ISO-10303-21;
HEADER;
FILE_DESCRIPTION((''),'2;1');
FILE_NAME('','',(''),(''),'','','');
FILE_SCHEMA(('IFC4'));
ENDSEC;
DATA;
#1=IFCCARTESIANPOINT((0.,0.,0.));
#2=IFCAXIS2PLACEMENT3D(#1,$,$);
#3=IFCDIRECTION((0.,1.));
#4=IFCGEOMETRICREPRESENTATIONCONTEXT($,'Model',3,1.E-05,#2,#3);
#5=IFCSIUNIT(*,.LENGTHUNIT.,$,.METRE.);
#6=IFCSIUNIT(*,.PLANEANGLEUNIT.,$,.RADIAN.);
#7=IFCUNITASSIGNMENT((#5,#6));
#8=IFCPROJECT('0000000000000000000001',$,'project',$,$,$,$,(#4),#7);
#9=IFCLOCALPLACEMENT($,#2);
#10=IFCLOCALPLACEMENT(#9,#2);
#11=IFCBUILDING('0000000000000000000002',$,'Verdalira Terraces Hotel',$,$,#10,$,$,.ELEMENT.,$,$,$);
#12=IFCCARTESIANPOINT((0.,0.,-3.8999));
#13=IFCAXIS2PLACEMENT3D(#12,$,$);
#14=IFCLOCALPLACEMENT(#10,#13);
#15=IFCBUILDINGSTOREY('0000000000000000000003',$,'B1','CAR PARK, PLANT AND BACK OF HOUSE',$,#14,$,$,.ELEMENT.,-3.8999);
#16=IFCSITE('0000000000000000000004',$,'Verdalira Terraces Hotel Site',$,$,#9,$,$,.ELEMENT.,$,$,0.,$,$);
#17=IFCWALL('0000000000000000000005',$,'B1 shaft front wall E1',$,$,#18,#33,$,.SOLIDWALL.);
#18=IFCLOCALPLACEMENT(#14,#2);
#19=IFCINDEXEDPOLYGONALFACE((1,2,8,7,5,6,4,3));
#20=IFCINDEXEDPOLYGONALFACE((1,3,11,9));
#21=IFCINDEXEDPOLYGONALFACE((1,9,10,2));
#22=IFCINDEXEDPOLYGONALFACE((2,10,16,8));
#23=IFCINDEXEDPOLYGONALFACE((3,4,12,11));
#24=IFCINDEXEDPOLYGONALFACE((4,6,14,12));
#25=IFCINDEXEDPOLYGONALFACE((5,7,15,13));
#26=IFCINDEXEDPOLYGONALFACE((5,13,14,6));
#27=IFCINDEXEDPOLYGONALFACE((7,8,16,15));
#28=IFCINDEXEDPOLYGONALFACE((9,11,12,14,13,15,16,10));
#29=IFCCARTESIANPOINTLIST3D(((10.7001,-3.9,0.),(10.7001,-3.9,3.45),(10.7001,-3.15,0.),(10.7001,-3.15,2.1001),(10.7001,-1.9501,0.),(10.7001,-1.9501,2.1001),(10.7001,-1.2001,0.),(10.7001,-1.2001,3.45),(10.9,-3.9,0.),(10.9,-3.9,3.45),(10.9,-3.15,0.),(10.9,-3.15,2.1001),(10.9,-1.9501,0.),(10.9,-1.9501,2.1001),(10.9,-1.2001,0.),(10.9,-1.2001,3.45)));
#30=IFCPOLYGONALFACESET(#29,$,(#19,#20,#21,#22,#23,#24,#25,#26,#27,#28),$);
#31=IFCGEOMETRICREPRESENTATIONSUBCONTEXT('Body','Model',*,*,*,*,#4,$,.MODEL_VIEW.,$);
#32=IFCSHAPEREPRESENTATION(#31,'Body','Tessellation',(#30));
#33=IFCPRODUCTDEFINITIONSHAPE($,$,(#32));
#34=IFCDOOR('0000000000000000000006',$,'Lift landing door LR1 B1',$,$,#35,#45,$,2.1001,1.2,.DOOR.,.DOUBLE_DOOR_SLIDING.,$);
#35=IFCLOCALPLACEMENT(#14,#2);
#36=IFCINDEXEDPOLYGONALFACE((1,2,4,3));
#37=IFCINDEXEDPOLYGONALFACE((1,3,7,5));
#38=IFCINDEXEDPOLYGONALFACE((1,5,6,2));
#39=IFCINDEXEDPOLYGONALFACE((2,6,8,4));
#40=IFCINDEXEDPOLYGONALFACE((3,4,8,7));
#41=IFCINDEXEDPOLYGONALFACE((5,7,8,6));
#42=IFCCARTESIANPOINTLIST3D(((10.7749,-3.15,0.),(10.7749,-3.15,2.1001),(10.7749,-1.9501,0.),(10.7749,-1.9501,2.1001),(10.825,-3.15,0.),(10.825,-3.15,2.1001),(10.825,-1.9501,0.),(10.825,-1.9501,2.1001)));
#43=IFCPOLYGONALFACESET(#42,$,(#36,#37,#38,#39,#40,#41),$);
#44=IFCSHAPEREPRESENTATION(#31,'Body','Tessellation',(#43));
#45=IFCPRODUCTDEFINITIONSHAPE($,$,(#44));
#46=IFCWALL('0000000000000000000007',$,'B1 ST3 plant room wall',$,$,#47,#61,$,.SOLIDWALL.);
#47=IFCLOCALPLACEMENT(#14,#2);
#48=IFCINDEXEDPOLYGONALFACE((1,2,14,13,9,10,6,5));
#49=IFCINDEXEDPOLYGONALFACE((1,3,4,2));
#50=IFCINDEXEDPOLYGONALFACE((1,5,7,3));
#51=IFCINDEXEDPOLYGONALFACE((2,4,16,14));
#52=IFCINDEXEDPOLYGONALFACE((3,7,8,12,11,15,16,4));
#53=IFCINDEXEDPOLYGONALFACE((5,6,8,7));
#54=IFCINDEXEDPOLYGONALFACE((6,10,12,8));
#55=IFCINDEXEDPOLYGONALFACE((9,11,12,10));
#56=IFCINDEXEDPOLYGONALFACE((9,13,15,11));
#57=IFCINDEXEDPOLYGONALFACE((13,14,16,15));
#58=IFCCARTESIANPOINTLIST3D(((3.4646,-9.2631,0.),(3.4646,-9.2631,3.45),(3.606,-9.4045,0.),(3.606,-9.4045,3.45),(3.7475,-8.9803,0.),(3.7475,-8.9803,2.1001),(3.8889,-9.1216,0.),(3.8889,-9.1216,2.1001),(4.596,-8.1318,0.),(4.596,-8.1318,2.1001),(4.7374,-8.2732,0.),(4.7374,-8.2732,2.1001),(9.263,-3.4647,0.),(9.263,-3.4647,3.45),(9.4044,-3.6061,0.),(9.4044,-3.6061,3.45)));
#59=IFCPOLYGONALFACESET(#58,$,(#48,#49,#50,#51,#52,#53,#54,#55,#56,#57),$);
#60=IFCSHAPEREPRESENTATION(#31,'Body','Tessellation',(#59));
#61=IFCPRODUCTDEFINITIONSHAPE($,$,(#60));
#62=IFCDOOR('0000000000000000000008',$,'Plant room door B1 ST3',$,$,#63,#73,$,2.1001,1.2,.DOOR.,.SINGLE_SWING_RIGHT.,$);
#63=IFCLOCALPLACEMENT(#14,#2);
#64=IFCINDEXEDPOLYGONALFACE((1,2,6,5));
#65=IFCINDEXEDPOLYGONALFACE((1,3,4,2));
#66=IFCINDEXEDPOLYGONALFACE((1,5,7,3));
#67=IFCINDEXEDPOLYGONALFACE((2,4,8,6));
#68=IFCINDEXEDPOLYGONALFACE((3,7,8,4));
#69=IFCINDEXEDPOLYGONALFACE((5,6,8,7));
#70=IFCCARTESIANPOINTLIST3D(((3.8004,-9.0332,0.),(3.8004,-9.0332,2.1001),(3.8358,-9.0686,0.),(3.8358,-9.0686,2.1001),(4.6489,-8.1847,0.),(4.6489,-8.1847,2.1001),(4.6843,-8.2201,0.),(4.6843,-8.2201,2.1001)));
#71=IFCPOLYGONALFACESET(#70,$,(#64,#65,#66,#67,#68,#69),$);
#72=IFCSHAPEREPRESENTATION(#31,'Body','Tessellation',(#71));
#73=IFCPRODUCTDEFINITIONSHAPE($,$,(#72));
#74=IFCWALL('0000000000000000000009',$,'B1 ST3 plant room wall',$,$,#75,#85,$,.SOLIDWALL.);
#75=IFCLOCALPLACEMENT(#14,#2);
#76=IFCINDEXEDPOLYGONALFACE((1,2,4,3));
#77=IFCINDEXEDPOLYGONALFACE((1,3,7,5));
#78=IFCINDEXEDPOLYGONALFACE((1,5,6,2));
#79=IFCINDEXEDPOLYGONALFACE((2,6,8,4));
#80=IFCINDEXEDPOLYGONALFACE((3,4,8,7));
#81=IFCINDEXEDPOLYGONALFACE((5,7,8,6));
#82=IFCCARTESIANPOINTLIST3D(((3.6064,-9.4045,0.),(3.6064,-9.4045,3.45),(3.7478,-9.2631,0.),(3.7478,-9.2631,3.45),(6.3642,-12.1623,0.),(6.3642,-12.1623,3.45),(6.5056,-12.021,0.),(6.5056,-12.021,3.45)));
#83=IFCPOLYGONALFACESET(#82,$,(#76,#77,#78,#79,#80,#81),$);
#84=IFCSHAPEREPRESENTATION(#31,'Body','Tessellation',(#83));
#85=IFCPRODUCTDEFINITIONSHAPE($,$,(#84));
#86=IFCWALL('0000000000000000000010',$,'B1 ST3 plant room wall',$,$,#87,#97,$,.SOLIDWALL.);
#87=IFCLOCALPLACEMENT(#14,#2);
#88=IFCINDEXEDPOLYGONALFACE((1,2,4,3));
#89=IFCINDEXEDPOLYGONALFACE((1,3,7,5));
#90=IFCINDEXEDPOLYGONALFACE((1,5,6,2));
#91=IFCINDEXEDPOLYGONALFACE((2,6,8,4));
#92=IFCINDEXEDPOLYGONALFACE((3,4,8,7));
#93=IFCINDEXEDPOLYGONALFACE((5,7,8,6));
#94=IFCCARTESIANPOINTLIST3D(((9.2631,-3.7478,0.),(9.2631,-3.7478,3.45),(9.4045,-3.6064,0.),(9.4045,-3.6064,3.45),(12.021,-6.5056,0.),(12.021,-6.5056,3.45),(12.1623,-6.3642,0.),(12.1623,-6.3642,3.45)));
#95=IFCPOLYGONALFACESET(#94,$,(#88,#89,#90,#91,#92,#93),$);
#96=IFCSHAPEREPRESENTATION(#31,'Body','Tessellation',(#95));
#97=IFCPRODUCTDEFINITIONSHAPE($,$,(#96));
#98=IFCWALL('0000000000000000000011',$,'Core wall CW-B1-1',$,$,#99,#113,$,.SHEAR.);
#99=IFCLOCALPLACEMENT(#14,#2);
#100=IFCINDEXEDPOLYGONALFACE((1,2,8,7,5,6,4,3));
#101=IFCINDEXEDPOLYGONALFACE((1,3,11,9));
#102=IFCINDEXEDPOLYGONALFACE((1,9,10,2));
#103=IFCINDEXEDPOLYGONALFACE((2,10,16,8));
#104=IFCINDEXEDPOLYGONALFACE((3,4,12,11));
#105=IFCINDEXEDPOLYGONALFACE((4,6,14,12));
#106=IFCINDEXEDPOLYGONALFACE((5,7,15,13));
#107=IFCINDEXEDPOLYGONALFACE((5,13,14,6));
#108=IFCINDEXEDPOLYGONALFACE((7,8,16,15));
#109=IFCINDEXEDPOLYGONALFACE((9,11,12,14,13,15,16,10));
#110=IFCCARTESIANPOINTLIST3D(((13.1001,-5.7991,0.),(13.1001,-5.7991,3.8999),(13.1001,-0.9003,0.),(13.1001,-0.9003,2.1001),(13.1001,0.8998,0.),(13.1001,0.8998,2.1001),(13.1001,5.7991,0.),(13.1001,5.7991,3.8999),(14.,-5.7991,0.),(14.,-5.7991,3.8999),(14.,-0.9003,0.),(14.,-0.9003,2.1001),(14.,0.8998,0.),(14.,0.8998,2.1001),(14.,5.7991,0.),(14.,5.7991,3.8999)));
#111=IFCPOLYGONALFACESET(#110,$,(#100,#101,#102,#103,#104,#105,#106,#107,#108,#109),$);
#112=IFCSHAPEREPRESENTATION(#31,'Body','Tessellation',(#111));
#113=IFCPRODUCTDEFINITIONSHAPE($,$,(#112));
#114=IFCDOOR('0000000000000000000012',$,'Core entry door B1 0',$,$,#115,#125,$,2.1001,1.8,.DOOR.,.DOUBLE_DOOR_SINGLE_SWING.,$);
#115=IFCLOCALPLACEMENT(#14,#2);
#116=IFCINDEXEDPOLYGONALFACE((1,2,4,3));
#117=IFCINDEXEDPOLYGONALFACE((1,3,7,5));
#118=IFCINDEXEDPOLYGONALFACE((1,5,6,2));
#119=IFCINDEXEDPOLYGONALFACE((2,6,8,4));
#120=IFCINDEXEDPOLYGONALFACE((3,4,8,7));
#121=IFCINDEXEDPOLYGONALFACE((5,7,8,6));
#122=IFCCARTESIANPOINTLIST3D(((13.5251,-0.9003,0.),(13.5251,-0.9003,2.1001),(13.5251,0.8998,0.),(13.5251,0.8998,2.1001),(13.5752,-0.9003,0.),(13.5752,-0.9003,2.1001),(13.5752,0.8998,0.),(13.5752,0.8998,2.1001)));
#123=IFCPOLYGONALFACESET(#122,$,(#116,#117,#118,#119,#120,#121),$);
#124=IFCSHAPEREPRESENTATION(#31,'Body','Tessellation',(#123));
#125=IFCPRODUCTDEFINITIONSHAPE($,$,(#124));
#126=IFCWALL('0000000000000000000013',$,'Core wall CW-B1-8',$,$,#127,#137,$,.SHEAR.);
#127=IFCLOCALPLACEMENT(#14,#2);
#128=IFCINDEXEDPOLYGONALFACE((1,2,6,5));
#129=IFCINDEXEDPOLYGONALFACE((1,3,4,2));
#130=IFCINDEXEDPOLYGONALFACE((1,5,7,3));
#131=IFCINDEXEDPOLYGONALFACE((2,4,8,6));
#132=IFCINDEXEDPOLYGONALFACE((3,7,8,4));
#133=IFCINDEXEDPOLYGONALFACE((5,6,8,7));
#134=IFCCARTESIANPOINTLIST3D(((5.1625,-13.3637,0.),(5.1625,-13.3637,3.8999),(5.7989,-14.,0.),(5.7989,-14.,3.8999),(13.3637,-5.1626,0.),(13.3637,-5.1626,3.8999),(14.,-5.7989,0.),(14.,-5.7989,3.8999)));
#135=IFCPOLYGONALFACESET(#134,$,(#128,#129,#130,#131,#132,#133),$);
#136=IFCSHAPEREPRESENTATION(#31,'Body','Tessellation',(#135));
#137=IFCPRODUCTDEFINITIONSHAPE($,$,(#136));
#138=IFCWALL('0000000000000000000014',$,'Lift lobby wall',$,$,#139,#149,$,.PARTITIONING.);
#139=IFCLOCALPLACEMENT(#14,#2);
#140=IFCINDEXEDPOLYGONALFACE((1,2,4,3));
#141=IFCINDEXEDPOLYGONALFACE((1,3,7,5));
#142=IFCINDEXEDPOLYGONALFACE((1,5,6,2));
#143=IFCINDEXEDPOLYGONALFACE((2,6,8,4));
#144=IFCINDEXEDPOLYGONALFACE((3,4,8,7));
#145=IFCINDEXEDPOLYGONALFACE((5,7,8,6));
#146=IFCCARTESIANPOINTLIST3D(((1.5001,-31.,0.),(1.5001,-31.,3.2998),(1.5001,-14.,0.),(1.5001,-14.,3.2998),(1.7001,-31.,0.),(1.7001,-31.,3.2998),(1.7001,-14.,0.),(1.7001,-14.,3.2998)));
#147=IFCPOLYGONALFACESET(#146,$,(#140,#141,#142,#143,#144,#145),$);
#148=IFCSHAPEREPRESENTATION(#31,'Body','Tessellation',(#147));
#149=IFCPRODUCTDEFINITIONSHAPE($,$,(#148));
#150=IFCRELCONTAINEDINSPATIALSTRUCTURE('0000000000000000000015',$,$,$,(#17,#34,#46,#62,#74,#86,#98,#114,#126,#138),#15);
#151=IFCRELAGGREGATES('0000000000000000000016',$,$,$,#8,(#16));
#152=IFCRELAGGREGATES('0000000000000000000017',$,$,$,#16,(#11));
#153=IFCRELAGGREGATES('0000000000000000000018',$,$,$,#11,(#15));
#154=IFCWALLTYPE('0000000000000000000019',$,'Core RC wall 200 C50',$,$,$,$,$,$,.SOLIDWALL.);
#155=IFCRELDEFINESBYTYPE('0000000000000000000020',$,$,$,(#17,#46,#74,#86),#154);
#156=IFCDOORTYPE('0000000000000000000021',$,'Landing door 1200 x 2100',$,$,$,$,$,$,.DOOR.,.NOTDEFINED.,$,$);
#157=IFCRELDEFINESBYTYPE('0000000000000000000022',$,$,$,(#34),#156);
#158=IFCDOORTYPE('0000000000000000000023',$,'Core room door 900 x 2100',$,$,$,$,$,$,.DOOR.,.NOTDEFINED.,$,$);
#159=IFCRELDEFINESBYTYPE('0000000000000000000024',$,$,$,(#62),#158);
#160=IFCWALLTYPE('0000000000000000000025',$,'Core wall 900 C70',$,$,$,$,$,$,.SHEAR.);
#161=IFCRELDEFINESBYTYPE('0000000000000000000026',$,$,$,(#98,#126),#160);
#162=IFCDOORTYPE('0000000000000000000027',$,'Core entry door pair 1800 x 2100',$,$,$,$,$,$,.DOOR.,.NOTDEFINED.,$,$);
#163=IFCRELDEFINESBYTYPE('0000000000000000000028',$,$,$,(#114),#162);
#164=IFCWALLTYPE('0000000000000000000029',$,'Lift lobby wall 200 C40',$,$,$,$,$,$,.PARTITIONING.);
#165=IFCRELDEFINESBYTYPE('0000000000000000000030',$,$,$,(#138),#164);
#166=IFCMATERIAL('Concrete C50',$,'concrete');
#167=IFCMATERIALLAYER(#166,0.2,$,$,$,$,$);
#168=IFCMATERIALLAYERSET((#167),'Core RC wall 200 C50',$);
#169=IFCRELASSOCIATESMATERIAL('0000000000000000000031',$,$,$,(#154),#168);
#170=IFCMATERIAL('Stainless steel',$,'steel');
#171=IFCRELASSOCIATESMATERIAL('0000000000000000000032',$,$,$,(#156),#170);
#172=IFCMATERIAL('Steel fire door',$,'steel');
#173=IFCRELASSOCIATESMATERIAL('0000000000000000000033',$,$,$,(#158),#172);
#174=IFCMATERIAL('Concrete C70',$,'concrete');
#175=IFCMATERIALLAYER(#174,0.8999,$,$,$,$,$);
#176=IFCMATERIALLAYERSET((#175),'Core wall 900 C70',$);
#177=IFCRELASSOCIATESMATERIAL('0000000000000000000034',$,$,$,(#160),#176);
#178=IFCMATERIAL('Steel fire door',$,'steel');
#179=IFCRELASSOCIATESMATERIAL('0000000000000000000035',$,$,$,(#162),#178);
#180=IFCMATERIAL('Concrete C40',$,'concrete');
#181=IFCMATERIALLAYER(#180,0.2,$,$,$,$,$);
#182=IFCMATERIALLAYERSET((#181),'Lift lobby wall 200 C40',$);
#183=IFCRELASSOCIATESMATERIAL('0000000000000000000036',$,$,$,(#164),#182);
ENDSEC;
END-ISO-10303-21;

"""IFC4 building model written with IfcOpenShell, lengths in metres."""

from ifc_helpers import new_model, si_unit, direction, frame, frame_2d, origin, place, context, subcontext, project, spatial, rectangle, extrude, material, layer, layer_set, type_object, element, fill, save


model = new_model("IFC4")

# Units and contexts
model_context = context("Model", 3, precision=1e-05, world=origin(), true_north=direction((0.0, 1.0)))
body_context = subcontext(model_context, "Body", "Model", "MODEL_VIEW")
ifc_project = project(units=[si_unit("LENGTHUNIT", "METRE"), si_unit("PLANEANGLEUNIT", "RADIAN")], contexts=[model_context])

# Site, building, storey
site_placement = place(None, origin())
site = spatial("IfcSite", under=ifc_project, at=site_placement, Name="Verdalira Terraces Hotel Site", CompositionType="ELEMENT", RefElevation=0.0)
building_placement = place(site_placement, origin())
building = spatial("IfcBuilding", under=site, at=building_placement, Name="Verdalira Terraces Hotel", CompositionType="ELEMENT")
storey_placement = place(building_placement, frame((0.0, 0.0, -3.8999)))
storey = spatial("IfcBuildingStorey", under=building, at=storey_placement, Name="B1", Description="CAR PARK, PLANT AND BACK OF HOUSE", CompositionType="ELEMENT", Elevation=-3.8999)

# Walls, openings, doors
ifc_material_1 = material(Name="Concrete C50", Category="concrete")
ifc_layer_1 = layer(ifc_material_1, 0.2)
ifc_layer_set_1 = layer_set([ifc_layer_1], Name="Core RC wall 200 C50")
wall_type_1 = type_object("IfcWallType", Name="Core RC wall 200 C50", PredefinedType="SOLIDWALL", material=ifc_layer_set_1)
wall_1_placement = place(storey_placement, frame((10.8, -1.2, 0.0), z_axis=(0.0, 0.0, 1.0), x_axis=(0.0, -1.0, 0.0)))
wall_1 = element("IfcWall", 1, at=wall_1_placement, inside=storey, type_object=wall_type_1, Name="B1 shaft front wall E1", PredefinedType="SOLIDWALL", context=body_context, shape_type="SweptSolid", body=[
    extrude(rectangle(XDim=2.7, YDim=0.2, at=frame_2d((1.3501, 0.0))), origin(), (0.0, 0.0, 1.0), 3.45),
])
opening_1_placement = place(wall_1_placement, frame((0.75, 0.0, 0.0)))
opening_1 = element("IfcOpeningElement", 2, at=opening_1_placement, cuts=wall_1, PredefinedType="OPENING", context=body_context, shape_type="SweptSolid", body=[
    extrude(rectangle(XDim=1.2, YDim=2.1001, at=frame_2d((0.6001, 1.05))), frame((0.0, 0.1099, 0.0), z_axis=(0.0, -1.0, 0.0), x_axis=(1.0, 0.0, 0.0)), (0.0, 0.0, 1.0), 0.22),
])
ifc_material_2 = material(Name="Stainless steel", Category="steel")
door_type_1 = type_object("IfcDoorType", Name="Landing door 1200 x 2100", OperationType="NOTDEFINED", PredefinedType="DOOR", material=ifc_material_2)
door_1_placement = place(opening_1_placement, origin())
door_1 = element("IfcDoor", 3, at=door_1_placement, inside=storey, type_object=door_type_1, Name="Lift landing door LR1 B1", OperationType="DOUBLE_DOOR_SLIDING", OverallHeight=2.1001, OverallWidth=1.2, PredefinedType="DOOR", context=body_context, shape_type="SweptSolid", body=[
    extrude(rectangle(XDim=1.2, YDim=2.1001, at=frame_2d((0.6001, 1.05))), frame((0.0, 0.0249, 0.0), z_axis=(0.0, -1.0, 0.0), x_axis=(1.0, 0.0, 0.0)), (0.0, 0.0, 1.0), 0.05),
])
fill(opening_1, door_1)
wall_2_placement = place(storey_placement, frame((9.3337, -3.5354, 0.0), z_axis=(0.0, 0.0, 1.0), x_axis=(-0.707107, -0.707107, 0.0)))
wall_2 = element("IfcWall", 4, at=wall_2_placement, inside=storey, type_object=wall_type_1, Name="B1 ST3 plant room wall", PredefinedType="SOLIDWALL", context=body_context, shape_type="SweptSolid", body=[
    extrude(rectangle(XDim=8.2002, YDim=0.2, at=frame_2d((4.1001, 0.0))), origin(), (0.0, 0.0, 1.0), 3.45),
])
opening_2_placement = place(wall_2_placement, frame((6.6001, 0.0, 0.0)))
opening_2 = element("IfcOpeningElement", 5, at=opening_2_placement, cuts=wall_2, PredefinedType="OPENING", context=body_context, shape_type="SweptSolid", body=[
    extrude(rectangle(XDim=1.2, YDim=2.1001, at=frame_2d((0.6001, 1.05))), frame((0.0, 0.1099, 0.0), z_axis=(0.0, -1.0, 0.0), x_axis=(1.0, 0.0, 0.0)), (0.0, 0.0, 1.0), 0.22),
])
ifc_material_3 = material(Name="Steel fire door", Category="steel")
door_type_2 = type_object("IfcDoorType", Name="Core room door 900 x 2100", OperationType="NOTDEFINED", PredefinedType="DOOR", material=ifc_material_3)
door_2_placement = place(opening_2_placement, origin())
door_2 = element("IfcDoor", 6, at=door_2_placement, inside=storey, type_object=door_type_2, Name="Plant room door B1 ST3", OperationType="SINGLE_SWING_RIGHT", OverallHeight=2.1001, OverallWidth=1.2, PredefinedType="DOOR", context=body_context, shape_type="SweptSolid", body=[
    extrude(rectangle(XDim=1.2, YDim=2.1001, at=frame_2d((0.6001, 1.05))), frame((0.0, 0.0249, 0.0), z_axis=(0.0, -1.0, 0.0), x_axis=(1.0, 0.0, 0.0)), (0.0, 0.0, 1.0), 0.05),
])
fill(opening_2, door_2)

# Walls
for number, where, z_axis, x_axis, name in (
    (7, (3.677, -9.3337, 0.0), (0.0, 0.0, 1.0), (0.707107, -0.707107, 0.0), "B1 ST3 plant room wall"),
    (8, (9.3337, -3.677, 0.0), (0.0, 0.0, 1.0), (0.707107, -0.707107, 0.0), "B1 ST3 plant room wall"),
):
    element("IfcWall", number, at=place(storey_placement, frame(where, z_axis=z_axis, x_axis=x_axis)), inside=storey, type_object=wall_type_1, Name=name, PredefinedType="SOLIDWALL", context=body_context, shape_type="SweptSolid", body=[
        extrude(rectangle(XDim=3.9001, YDim=0.2, at=frame_2d((1.9502, 0.0))), origin(), (0.0, 0.0, 1.0), 3.45),
    ])

# Wall, opening, door
ifc_material_4 = material(Name="Concrete C70", Category="concrete")
ifc_layer_2 = layer(ifc_material_4, 0.8999)
ifc_layer_set_2 = layer_set([ifc_layer_2], Name="Core wall 900 C70")
wall_type_2 = type_object("IfcWallType", Name="Core wall 900 C70", PredefinedType="SHEAR", material=ifc_layer_set_2)
wall_3_placement = place(storey_placement, frame((13.55, -5.7991, 0.0), z_axis=(0.0, 0.0, 1.0), x_axis=(0.0, 1.0, 0.0)))
wall_3 = element("IfcWall", 9, at=wall_3_placement, inside=storey, type_object=wall_type_2, Name="Core wall CW-B1-1", PredefinedType="SHEAR", context=body_context, shape_type="SweptSolid", body=[
    extrude(rectangle(XDim=11.5981, YDim=0.8999, at=frame_2d((5.7991, 0.0))), origin(), (0.0, 0.0, 1.0), 3.8999),
])
opening_3_placement = place(wall_3_placement, frame((4.8989, 0.0, 0.0)))
opening_3 = element("IfcOpeningElement", 10, at=opening_3_placement, cuts=wall_3, PredefinedType="OPENING", context=body_context, shape_type="SweptSolid", body=[
    extrude(rectangle(XDim=1.8, YDim=2.1001, at=frame_2d((0.8999, 1.05))), frame((0.0, 0.46, 0.0), z_axis=(0.0, -1.0, 0.0), x_axis=(1.0, 0.0, 0.0)), (0.0, 0.0, 1.0), 0.9199),
])
ifc_material_5 = material(Name="Steel fire door", Category="steel")
door_type_3 = type_object("IfcDoorType", Name="Core entry door pair 1800 x 2100", OperationType="NOTDEFINED", PredefinedType="DOOR", material=ifc_material_5)
door_3_placement = place(opening_3_placement, origin())
door_3 = element("IfcDoor", 11, at=door_3_placement, inside=storey, type_object=door_type_3, Name="Core entry door B1 0", OperationType="DOUBLE_DOOR_SINGLE_SWING", OverallHeight=2.1001, OverallWidth=1.8, PredefinedType="DOOR", context=body_context, shape_type="SweptSolid", body=[
    extrude(rectangle(XDim=1.8, YDim=2.1001, at=frame_2d((0.8999, 1.05))), frame((0.0, 0.0249, 0.0), z_axis=(0.0, -1.0, 0.0), x_axis=(1.0, 0.0, 0.0)), (0.0, 0.0, 1.0), 0.05),
])
fill(opening_3, door_3)

# Walls
wall_4_placement = place(storey_placement, frame((5.4807, -13.6819, 0.0), z_axis=(0.0, 0.0, 1.0), x_axis=(0.707107, 0.707107, 0.0)))
element("IfcWall", 12, at=wall_4_placement, inside=storey, type_object=wall_type_2, Name="Core wall CW-B1-8", PredefinedType="SHEAR", context=body_context, shape_type="SweptSolid", body=[
    extrude(rectangle(XDim=11.5981, YDim=0.8999, at=frame_2d((5.7991, 0.0))), origin(), (0.0, 0.0, 1.0), 3.8999),
])
ifc_material_6 = material(Name="Concrete C40", Category="concrete")
ifc_layer_3 = layer(ifc_material_6, 0.2)
ifc_layer_set_3 = layer_set([ifc_layer_3], Name="Lift lobby wall 200 C40")
wall_type_3 = type_object("IfcWallType", Name="Lift lobby wall 200 C40", PredefinedType="PARTITIONING", material=ifc_layer_set_3)
wall_5_placement = place(storey_placement, frame((1.6001, -31.0, 0.0), z_axis=(0.0, 0.0, 1.0), x_axis=(0.0, 1.0, 0.0)))
element("IfcWall", 13, at=wall_5_placement, inside=storey, type_object=wall_type_3, Name="Lift lobby wall", PredefinedType="PARTITIONING", context=body_context, shape_type="SweptSolid", body=[
    extrude(rectangle(XDim=17.0, YDim=0.2, at=frame_2d((8.5, 0.0))), origin(), (0.0, 0.0, 1.0), 3.2998),
])

save(model, "model.ifc")
